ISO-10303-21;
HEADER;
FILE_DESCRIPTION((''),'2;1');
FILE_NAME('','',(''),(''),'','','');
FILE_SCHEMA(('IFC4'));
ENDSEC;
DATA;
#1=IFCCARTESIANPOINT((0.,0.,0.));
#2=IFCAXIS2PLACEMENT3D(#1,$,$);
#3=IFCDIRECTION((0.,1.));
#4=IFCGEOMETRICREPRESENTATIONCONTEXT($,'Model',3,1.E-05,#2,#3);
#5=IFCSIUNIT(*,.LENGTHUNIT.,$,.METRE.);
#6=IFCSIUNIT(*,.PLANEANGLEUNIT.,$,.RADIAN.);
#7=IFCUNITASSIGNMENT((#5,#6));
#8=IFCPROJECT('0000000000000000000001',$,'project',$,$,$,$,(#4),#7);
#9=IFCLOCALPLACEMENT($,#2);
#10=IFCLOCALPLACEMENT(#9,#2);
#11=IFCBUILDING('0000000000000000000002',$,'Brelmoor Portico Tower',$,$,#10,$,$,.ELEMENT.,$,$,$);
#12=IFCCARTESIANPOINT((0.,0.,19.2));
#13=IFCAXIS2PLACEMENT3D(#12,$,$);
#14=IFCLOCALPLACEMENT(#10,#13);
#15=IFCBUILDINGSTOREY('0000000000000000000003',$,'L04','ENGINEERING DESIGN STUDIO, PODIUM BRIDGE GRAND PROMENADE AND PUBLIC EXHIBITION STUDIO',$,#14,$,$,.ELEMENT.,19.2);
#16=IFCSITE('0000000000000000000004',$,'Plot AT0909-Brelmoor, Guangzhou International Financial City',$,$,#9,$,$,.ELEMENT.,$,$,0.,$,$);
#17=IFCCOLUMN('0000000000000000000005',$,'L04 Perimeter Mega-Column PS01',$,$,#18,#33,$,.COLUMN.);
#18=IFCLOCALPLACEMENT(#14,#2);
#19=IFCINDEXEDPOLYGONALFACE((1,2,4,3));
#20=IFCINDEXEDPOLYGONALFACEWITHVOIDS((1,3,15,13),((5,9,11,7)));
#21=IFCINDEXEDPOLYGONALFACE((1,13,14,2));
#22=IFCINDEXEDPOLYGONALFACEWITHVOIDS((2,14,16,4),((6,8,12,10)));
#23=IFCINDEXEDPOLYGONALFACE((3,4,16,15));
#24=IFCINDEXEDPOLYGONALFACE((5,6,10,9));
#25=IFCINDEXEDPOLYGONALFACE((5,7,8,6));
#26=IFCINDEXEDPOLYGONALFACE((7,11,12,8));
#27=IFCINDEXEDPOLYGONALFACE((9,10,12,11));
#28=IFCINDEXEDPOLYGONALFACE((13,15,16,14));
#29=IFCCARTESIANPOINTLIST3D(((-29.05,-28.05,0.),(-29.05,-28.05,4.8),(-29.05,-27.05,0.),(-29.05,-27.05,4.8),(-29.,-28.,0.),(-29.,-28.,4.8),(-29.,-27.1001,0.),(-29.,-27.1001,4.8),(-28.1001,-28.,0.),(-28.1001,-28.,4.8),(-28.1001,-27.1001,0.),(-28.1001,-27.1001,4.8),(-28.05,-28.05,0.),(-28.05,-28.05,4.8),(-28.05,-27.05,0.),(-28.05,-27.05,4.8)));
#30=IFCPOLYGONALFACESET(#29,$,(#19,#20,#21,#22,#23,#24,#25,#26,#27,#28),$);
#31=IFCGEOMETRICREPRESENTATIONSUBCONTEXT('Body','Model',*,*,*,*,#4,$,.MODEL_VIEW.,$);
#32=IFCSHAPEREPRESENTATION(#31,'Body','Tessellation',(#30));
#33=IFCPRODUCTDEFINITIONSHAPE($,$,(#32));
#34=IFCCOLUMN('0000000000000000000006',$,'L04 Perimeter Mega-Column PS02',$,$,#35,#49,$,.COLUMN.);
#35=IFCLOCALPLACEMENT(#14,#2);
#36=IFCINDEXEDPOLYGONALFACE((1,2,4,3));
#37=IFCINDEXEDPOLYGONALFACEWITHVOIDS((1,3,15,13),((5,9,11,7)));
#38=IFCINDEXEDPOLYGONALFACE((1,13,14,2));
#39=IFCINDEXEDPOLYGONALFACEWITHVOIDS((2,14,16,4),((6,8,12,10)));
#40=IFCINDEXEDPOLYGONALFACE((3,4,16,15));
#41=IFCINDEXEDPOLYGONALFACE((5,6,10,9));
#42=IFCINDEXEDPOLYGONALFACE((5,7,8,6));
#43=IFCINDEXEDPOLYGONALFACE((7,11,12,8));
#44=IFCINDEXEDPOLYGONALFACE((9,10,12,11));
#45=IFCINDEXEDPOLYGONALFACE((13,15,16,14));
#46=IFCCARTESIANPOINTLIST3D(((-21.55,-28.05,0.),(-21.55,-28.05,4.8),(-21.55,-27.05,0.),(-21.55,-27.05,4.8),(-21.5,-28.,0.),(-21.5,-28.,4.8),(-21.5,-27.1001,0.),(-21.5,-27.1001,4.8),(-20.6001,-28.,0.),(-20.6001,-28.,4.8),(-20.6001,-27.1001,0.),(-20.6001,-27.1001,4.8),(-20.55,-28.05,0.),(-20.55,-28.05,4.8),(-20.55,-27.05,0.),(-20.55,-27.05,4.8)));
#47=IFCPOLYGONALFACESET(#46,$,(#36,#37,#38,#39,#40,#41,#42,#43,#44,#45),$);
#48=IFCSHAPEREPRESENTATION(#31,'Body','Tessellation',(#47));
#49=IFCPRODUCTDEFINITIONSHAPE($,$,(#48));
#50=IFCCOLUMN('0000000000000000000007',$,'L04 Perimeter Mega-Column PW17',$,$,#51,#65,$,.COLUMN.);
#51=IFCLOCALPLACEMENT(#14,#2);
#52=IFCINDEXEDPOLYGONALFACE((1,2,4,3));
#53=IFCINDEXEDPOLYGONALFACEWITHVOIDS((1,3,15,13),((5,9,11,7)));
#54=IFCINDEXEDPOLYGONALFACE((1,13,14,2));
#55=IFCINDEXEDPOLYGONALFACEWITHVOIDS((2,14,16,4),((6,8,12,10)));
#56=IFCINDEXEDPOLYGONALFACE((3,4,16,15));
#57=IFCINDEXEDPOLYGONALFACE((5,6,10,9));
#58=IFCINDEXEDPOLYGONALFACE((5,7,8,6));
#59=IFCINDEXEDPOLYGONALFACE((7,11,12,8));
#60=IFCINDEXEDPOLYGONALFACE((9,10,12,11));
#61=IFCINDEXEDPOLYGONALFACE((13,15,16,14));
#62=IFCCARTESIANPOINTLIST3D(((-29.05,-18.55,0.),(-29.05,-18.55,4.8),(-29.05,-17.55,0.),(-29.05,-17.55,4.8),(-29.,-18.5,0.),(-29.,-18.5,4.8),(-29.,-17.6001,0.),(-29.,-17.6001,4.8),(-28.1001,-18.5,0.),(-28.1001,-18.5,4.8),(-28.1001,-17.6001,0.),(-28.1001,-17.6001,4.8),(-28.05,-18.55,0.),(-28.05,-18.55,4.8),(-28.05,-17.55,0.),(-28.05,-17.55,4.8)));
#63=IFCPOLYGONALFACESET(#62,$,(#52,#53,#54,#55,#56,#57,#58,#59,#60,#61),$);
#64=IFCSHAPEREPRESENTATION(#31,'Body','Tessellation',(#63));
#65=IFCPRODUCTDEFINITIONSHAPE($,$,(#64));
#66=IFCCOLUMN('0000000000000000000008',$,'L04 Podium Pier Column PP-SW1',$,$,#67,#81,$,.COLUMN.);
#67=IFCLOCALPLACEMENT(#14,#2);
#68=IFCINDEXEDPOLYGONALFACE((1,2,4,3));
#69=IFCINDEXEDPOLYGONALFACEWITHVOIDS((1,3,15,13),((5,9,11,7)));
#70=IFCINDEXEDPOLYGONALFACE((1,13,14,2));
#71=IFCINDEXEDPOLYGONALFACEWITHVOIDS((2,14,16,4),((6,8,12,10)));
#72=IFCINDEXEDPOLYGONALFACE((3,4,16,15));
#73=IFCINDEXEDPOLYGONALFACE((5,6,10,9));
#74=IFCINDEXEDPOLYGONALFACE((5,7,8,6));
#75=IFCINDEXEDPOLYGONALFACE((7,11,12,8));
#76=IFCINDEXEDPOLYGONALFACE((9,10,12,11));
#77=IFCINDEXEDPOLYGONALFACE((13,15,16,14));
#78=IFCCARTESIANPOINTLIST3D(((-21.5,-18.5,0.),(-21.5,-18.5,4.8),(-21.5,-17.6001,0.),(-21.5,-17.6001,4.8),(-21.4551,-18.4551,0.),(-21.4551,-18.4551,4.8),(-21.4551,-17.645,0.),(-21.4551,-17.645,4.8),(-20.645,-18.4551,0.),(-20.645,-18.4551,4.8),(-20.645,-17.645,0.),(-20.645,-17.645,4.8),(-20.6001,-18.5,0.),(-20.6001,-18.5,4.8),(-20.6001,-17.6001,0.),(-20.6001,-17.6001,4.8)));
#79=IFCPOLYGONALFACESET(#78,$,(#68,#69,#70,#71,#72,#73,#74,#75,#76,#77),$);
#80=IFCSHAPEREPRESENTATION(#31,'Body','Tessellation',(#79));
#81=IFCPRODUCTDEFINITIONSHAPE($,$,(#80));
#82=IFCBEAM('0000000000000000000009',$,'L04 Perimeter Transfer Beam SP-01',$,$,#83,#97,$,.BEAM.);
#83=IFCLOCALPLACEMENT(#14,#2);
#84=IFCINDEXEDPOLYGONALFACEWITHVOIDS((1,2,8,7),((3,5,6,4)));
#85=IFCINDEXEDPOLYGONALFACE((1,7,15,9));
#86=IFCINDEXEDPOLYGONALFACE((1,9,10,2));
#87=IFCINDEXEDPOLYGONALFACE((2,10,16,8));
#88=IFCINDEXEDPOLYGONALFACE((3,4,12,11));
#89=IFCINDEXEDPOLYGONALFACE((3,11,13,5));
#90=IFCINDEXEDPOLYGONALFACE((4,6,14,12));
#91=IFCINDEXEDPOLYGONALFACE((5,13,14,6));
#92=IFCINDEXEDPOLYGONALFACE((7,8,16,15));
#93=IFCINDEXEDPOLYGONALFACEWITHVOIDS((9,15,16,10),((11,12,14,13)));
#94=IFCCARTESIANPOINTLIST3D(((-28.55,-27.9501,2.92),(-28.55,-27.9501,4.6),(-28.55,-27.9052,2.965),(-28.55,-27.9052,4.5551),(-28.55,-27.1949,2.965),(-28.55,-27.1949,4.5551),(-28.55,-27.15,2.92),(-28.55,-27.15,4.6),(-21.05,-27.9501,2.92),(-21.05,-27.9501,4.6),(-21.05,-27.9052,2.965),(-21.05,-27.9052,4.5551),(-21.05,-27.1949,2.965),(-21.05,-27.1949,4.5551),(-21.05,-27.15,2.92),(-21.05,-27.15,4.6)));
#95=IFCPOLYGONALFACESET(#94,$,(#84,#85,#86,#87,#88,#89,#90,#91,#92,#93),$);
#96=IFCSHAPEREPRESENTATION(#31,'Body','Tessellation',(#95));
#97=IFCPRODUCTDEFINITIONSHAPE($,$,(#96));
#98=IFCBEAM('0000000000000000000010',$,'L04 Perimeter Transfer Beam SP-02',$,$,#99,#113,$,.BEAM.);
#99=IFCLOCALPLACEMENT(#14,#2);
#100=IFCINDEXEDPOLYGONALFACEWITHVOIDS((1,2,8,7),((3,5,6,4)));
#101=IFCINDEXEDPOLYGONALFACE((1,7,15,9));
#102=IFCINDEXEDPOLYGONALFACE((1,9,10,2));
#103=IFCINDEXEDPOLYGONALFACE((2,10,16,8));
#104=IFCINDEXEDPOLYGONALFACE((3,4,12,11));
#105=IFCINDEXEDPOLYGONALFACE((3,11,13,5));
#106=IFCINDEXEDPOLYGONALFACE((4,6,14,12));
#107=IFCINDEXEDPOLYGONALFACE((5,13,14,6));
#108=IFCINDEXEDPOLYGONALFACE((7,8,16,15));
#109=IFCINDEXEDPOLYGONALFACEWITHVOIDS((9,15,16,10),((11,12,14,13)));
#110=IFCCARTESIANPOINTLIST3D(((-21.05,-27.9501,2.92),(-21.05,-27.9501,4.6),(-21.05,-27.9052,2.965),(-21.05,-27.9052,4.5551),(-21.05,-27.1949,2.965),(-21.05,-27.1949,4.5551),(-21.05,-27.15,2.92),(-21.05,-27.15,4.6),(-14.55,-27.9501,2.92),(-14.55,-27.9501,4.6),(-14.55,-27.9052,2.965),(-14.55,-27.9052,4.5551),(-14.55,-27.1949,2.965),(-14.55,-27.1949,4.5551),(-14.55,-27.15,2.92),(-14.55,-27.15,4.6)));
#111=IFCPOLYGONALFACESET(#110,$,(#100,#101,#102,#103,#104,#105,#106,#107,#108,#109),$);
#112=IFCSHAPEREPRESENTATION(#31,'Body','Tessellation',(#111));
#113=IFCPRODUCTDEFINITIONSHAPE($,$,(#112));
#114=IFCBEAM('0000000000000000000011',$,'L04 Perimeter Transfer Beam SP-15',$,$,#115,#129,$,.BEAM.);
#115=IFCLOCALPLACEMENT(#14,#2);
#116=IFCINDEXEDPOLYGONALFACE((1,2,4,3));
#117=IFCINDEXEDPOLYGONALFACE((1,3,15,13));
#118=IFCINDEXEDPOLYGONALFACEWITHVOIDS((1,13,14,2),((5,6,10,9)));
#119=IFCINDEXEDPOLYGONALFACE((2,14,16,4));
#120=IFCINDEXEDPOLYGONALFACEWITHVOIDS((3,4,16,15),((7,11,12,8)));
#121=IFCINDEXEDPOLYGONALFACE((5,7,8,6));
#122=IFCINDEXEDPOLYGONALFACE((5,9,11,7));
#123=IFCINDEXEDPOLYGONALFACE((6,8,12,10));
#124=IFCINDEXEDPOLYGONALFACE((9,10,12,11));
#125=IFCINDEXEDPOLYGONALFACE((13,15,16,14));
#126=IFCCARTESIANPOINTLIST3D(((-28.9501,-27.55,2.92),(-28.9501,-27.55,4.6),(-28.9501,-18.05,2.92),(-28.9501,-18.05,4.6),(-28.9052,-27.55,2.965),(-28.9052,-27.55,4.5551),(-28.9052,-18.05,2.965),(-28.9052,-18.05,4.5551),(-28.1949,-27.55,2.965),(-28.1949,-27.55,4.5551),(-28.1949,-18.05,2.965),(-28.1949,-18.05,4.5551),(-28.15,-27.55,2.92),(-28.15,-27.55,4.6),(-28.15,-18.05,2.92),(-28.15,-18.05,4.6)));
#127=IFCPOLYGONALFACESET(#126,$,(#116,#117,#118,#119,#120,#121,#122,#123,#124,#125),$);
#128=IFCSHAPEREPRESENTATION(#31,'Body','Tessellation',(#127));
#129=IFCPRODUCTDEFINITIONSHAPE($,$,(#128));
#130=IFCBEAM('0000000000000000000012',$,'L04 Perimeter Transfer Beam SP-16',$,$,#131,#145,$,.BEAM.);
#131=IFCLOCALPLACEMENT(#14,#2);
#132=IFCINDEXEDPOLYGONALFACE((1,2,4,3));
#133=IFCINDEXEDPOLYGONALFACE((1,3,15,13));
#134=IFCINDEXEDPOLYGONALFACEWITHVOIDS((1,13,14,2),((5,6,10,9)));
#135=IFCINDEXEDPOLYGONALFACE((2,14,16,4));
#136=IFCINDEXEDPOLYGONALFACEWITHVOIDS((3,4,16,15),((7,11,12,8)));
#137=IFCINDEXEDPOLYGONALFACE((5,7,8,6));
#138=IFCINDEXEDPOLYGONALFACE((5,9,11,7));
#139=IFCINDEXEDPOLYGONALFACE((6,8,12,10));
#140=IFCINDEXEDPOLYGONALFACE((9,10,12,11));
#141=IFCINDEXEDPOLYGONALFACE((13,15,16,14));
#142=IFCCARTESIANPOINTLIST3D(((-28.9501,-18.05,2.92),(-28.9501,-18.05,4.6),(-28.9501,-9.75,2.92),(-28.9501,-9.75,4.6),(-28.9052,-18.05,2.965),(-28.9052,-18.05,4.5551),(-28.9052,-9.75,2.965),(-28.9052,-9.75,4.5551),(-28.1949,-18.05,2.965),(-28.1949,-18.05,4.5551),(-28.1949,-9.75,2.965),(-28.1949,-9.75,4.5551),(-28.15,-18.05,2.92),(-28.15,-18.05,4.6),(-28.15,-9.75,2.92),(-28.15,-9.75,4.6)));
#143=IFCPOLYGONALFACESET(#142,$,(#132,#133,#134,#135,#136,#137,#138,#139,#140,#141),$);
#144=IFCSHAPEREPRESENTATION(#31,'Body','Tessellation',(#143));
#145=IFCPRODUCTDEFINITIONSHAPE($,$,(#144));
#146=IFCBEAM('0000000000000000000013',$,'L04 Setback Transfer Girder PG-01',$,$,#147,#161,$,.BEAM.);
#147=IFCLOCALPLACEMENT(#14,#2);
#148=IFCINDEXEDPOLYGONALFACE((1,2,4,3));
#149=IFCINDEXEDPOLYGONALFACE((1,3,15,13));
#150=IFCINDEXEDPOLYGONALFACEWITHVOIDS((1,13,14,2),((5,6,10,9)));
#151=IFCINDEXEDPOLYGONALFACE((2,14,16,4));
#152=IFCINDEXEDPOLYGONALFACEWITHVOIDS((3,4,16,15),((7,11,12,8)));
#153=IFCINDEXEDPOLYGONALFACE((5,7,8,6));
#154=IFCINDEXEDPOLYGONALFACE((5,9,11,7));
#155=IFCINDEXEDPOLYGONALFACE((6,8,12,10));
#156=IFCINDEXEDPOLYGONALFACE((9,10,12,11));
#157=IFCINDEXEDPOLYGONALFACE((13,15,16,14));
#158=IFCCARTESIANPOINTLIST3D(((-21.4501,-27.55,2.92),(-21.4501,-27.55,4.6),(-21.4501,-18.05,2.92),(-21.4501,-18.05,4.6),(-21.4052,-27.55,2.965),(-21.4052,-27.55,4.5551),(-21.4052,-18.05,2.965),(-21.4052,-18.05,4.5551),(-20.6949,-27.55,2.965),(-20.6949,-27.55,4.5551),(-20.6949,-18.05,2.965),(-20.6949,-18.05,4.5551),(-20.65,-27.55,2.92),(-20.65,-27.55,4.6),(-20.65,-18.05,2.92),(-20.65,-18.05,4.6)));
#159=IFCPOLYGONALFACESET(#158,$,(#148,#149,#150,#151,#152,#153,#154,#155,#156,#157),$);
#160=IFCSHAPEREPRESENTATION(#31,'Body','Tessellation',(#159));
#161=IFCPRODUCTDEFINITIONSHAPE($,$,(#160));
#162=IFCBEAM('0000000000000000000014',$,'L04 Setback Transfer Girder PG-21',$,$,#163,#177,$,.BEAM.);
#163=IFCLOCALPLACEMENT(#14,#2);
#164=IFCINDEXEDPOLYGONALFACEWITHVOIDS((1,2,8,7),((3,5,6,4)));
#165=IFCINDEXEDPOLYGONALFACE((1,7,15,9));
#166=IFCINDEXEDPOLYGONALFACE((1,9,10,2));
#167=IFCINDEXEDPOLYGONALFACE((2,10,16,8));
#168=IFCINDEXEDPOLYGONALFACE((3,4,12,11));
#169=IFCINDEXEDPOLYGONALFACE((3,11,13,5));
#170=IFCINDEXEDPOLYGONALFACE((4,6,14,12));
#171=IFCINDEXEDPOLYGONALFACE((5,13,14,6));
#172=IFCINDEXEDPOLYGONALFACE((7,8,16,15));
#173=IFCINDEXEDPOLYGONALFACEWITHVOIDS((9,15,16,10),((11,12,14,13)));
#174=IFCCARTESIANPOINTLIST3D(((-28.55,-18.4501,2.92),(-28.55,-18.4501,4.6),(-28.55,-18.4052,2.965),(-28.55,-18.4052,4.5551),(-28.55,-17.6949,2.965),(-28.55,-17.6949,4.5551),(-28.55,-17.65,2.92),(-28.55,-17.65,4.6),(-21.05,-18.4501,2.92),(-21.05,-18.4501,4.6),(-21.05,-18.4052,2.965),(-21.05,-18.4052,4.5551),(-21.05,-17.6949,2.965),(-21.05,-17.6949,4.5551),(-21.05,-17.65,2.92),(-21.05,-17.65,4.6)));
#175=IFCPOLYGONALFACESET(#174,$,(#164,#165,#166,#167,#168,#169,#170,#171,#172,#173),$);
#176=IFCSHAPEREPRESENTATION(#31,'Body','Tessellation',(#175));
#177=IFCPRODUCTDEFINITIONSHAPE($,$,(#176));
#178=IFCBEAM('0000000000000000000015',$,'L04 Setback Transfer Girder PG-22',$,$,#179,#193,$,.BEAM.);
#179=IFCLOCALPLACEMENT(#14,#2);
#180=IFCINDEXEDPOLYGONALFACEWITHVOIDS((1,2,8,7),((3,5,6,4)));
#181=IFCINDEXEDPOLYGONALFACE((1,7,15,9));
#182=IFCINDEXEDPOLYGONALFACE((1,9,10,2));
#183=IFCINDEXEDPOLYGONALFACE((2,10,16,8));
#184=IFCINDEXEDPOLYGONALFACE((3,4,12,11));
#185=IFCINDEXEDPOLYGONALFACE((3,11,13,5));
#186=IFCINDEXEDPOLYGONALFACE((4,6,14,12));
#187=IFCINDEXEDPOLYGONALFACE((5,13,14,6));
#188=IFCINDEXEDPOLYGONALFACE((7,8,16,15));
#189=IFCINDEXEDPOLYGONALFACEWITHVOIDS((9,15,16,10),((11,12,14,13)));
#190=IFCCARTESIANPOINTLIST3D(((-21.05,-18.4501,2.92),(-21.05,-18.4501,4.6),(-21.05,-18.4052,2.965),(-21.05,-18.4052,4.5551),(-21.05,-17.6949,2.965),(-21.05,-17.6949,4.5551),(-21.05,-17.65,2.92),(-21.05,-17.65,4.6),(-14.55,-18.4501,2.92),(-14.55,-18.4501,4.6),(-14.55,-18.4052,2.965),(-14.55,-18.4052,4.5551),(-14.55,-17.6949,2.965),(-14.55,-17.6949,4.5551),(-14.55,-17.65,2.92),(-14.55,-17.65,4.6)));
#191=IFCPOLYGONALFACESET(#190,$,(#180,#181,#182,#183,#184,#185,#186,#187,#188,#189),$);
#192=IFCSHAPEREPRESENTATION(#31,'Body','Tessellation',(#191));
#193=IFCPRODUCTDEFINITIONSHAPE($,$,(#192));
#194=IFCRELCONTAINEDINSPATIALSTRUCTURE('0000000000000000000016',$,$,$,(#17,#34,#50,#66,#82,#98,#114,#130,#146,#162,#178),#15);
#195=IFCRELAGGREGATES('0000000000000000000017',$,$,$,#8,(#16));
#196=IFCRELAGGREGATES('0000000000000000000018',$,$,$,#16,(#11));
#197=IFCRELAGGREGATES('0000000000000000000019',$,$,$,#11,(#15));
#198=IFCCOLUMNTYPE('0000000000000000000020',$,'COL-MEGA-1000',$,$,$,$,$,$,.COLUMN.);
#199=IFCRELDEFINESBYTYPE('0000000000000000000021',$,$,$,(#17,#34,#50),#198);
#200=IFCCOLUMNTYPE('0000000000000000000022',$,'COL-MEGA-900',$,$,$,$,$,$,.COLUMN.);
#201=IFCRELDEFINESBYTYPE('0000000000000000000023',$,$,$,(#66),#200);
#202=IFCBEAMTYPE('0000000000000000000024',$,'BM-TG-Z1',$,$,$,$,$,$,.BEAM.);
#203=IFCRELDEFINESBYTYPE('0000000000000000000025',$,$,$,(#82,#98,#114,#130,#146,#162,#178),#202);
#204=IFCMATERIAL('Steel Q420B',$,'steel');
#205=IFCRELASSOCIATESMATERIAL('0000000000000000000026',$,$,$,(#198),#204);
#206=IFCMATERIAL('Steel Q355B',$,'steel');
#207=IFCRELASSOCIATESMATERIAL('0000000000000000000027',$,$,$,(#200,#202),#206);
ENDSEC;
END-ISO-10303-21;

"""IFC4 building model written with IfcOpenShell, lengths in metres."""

from ifc_helpers import new_model, si_unit, direction, frame, origin, origin_2d, place, context, subcontext, project, spatial, hollow_rectangle, extrude, material, material_profile, profile_set, type_object, element, save


model = new_model("IFC4")

# Units and contexts
model_context = context("Model", 3, precision=1e-05, world=origin(), true_north=direction((0.0, 1.0)))
body_context = subcontext(model_context, "Body", "Model", "MODEL_VIEW")
ifc_project = project(units=[si_unit("LENGTHUNIT", "METRE"), si_unit("PLANEANGLEUNIT", "RADIAN")], contexts=[model_context])

# Site, building, storey
site_placement = place(None, origin())
site = spatial("IfcSite", under=ifc_project, at=site_placement, Name="Plot AT0909-Brelmoor, Guangzhou International Financial City", CompositionType="ELEMENT", RefElevation=0.0)
building_placement = place(site_placement, origin())
building = spatial("IfcBuilding", under=site, at=building_placement, Name="Brelmoor Portico Tower", CompositionType="ELEMENT")
storey_placement = place(building_placement, frame((0.0, 0.0, 19.2)))
storey = spatial("IfcBuildingStorey", under=building, at=storey_placement, Name="L04", Description="ENGINEERING DESIGN STUDIO, PODIUM BRIDGE GRAND PROMENADE AND PUBLIC EXHIBITION STUDIO", CompositionType="ELEMENT", Elevation=19.2)

# Columns
ifc_material_1 = material(Name="Steel Q420B", Category="steel")
ifc_material_profile_1 = material_profile(ifc_material_1, hollow_rectangle(XDim=1.0, YDim=1.0, WallThickness=0.05, at=origin_2d()), Name="BOX 1000x1000x50")
ifc_profile_set_1 = profile_set([ifc_material_profile_1], Name="Steel Q420B")
column_type_1 = type_object("IfcColumnType", Name="COL-MEGA-1000", PredefinedType="COLUMN", material=ifc_profile_set_1)
for number, where, z_axis, x_axis, name in (
    (1, (-28.55, -27.55, 0.0), (0.0, 0.0, 1.0), (1.0, 0.0, 0.0), "L04 Perimeter Mega-Column PS01"),
    (2, (-21.05, -27.55, 0.0), (0.0, 0.0, 1.0), (1.0, 0.0, 0.0), "L04 Perimeter Mega-Column PS02"),
    (3, (-28.55, -18.05, 0.0), (0.0, 0.0, 1.0), (0.0, 1.0, 0.0), "L04 Perimeter Mega-Column PW17"),
):
    element("IfcColumn", number, at=place(storey_placement, frame(where, z_axis=z_axis, x_axis=x_axis)), inside=storey, type_object=column_type_1, Name=name, PredefinedType="COLUMN", context=body_context, shape_type="SweptSolid", body=[
        extrude(hollow_rectangle(XDim=1.0, YDim=1.0, WallThickness=0.05, at=origin_2d()), origin(), (0.0, 0.0, 1.0), 4.8),
    ])
ifc_material_2 = material(Name="Steel Q355B", Category="steel")
ifc_material_profile_2 = material_profile(ifc_material_2, hollow_rectangle(XDim=0.8999, YDim=0.8999, WallThickness=0.0449, at=origin_2d()), Name="BOX 900x900x45")
ifc_profile_set_2 = profile_set([ifc_material_profile_2], Name="Steel Q355B")
column_type_2 = type_object("IfcColumnType", Name="COL-MEGA-900", PredefinedType="COLUMN", material=ifc_profile_set_2)
column_placement = place(storey_placement, frame((-21.05, -18.05, 0.0), z_axis=(0.0, 0.0, 1.0), x_axis=(1.0, 0.0, 0.0)))
element("IfcColumn", 4, at=column_placement, inside=storey, type_object=column_type_2, Name="L04 Podium Pier Column PP-SW1", PredefinedType="COLUMN", context=body_context, shape_type="SweptSolid", body=[
    extrude(hollow_rectangle(XDim=0.8999, YDim=0.8999, WallThickness=0.0449, at=origin_2d()), origin(), (0.0, 0.0, 1.0), 4.8),
])

# Beams
ifc_material_profile_3 = material_profile(ifc_material_2, hollow_rectangle(XDim=0.8, YDim=1.6799, WallThickness=0.0449, at=origin_2d()), Name="BOX 800x1680x45")
ifc_profile_set_3 = profile_set([ifc_material_profile_3], Name="Steel Q355B")
beam_type = type_object("IfcBeamType", Name="BM-TG-Z1", PredefinedType="BEAM", material=ifc_profile_set_3)
beam_1_placement = place(storey_placement, frame((-28.55, -27.55, 3.76), z_axis=(1.0, 0.0, 0.0), x_axis=(0.0, 1.0, 0.0)))
element("IfcBeam", 5, at=beam_1_placement, inside=storey, type_object=beam_type, Name="L04 Perimeter Transfer Beam SP-01", PredefinedType="BEAM", context=body_context, shape_type="SweptSolid", body=[
    extrude(hollow_rectangle(XDim=0.8, YDim=1.6799, WallThickness=0.0449, at=origin_2d()), origin(), (0.0, 0.0, 1.0), 7.5),
])
beam_2_placement = place(storey_placement, frame((-21.05, -27.55, 3.76), z_axis=(1.0, 0.0, 0.0), x_axis=(0.0, 1.0, 0.0)))
element("IfcBeam", 6, at=beam_2_placement, inside=storey, type_object=beam_type, Name="L04 Perimeter Transfer Beam SP-02", PredefinedType="BEAM", context=body_context, shape_type="SweptSolid", body=[
    extrude(hollow_rectangle(XDim=0.8, YDim=1.6799, WallThickness=0.0449, at=origin_2d()), origin(), (0.0, 0.0, 1.0), 6.5),
])
beam_3_placement = place(storey_placement, frame((-28.55, -27.55, 3.76), z_axis=(0.0, 1.0, 0.0), x_axis=(-1.0, 0.0, 0.0)))
element("IfcBeam", 7, at=beam_3_placement, inside=storey, type_object=beam_type, Name="L04 Perimeter Transfer Beam SP-15", PredefinedType="BEAM", context=body_context, shape_type="SweptSolid", body=[
    extrude(hollow_rectangle(XDim=0.8, YDim=1.6799, WallThickness=0.0449, at=origin_2d()), origin(), (0.0, 0.0, 1.0), 9.5),
])
beam_4_placement = place(storey_placement, frame((-28.55, -18.05, 3.76), z_axis=(0.0, 1.0, 0.0), x_axis=(-1.0, 0.0, 0.0)))
element("IfcBeam", 8, at=beam_4_placement, inside=storey, type_object=beam_type, Name="L04 Perimeter Transfer Beam SP-16", PredefinedType="BEAM", context=body_context, shape_type="SweptSolid", body=[
    extrude(hollow_rectangle(XDim=0.8, YDim=1.6799, WallThickness=0.0449, at=origin_2d()), origin(), (0.0, 0.0, 1.0), 8.3),
])
beam_5_placement = place(storey_placement, frame((-21.05, -27.55, 3.76), z_axis=(0.0, 1.0, 0.0), x_axis=(-1.0, 0.0, 0.0)))
element("IfcBeam", 9, at=beam_5_placement, inside=storey, type_object=beam_type, Name="L04 Setback Transfer Girder PG-01", PredefinedType="BEAM", context=body_context, shape_type="SweptSolid", body=[
    extrude(hollow_rectangle(XDim=0.8, YDim=1.6799, WallThickness=0.0449, at=origin_2d()), origin(), (0.0, 0.0, 1.0), 9.5),
])
beam_6_placement = place(storey_placement, frame((-28.55, -18.05, 3.76), z_axis=(1.0, 0.0, 0.0), x_axis=(0.0, 1.0, 0.0)))
element("IfcBeam", 10, at=beam_6_placement, inside=storey, type_object=beam_type, Name="L04 Setback Transfer Girder PG-21", PredefinedType="BEAM", context=body_context, shape_type="SweptSolid", body=[
    extrude(hollow_rectangle(XDim=0.8, YDim=1.6799, WallThickness=0.0449, at=origin_2d()), origin(), (0.0, 0.0, 1.0), 7.5),
])
beam_7_placement = place(storey_placement, frame((-21.05, -18.05, 3.76), z_axis=(1.0, 0.0, 0.0), x_axis=(0.0, 1.0, 0.0)))
element("IfcBeam", 11, at=beam_7_placement, inside=storey, type_object=beam_type, Name="L04 Setback Transfer Girder PG-22", PredefinedType="BEAM", context=body_context, shape_type="SweptSolid", body=[
    extrude(hollow_rectangle(XDim=0.8, YDim=1.6799, WallThickness=0.0449, at=origin_2d()), origin(), (0.0, 0.0, 1.0), 6.5),
])

save(model, "model.ifc")
